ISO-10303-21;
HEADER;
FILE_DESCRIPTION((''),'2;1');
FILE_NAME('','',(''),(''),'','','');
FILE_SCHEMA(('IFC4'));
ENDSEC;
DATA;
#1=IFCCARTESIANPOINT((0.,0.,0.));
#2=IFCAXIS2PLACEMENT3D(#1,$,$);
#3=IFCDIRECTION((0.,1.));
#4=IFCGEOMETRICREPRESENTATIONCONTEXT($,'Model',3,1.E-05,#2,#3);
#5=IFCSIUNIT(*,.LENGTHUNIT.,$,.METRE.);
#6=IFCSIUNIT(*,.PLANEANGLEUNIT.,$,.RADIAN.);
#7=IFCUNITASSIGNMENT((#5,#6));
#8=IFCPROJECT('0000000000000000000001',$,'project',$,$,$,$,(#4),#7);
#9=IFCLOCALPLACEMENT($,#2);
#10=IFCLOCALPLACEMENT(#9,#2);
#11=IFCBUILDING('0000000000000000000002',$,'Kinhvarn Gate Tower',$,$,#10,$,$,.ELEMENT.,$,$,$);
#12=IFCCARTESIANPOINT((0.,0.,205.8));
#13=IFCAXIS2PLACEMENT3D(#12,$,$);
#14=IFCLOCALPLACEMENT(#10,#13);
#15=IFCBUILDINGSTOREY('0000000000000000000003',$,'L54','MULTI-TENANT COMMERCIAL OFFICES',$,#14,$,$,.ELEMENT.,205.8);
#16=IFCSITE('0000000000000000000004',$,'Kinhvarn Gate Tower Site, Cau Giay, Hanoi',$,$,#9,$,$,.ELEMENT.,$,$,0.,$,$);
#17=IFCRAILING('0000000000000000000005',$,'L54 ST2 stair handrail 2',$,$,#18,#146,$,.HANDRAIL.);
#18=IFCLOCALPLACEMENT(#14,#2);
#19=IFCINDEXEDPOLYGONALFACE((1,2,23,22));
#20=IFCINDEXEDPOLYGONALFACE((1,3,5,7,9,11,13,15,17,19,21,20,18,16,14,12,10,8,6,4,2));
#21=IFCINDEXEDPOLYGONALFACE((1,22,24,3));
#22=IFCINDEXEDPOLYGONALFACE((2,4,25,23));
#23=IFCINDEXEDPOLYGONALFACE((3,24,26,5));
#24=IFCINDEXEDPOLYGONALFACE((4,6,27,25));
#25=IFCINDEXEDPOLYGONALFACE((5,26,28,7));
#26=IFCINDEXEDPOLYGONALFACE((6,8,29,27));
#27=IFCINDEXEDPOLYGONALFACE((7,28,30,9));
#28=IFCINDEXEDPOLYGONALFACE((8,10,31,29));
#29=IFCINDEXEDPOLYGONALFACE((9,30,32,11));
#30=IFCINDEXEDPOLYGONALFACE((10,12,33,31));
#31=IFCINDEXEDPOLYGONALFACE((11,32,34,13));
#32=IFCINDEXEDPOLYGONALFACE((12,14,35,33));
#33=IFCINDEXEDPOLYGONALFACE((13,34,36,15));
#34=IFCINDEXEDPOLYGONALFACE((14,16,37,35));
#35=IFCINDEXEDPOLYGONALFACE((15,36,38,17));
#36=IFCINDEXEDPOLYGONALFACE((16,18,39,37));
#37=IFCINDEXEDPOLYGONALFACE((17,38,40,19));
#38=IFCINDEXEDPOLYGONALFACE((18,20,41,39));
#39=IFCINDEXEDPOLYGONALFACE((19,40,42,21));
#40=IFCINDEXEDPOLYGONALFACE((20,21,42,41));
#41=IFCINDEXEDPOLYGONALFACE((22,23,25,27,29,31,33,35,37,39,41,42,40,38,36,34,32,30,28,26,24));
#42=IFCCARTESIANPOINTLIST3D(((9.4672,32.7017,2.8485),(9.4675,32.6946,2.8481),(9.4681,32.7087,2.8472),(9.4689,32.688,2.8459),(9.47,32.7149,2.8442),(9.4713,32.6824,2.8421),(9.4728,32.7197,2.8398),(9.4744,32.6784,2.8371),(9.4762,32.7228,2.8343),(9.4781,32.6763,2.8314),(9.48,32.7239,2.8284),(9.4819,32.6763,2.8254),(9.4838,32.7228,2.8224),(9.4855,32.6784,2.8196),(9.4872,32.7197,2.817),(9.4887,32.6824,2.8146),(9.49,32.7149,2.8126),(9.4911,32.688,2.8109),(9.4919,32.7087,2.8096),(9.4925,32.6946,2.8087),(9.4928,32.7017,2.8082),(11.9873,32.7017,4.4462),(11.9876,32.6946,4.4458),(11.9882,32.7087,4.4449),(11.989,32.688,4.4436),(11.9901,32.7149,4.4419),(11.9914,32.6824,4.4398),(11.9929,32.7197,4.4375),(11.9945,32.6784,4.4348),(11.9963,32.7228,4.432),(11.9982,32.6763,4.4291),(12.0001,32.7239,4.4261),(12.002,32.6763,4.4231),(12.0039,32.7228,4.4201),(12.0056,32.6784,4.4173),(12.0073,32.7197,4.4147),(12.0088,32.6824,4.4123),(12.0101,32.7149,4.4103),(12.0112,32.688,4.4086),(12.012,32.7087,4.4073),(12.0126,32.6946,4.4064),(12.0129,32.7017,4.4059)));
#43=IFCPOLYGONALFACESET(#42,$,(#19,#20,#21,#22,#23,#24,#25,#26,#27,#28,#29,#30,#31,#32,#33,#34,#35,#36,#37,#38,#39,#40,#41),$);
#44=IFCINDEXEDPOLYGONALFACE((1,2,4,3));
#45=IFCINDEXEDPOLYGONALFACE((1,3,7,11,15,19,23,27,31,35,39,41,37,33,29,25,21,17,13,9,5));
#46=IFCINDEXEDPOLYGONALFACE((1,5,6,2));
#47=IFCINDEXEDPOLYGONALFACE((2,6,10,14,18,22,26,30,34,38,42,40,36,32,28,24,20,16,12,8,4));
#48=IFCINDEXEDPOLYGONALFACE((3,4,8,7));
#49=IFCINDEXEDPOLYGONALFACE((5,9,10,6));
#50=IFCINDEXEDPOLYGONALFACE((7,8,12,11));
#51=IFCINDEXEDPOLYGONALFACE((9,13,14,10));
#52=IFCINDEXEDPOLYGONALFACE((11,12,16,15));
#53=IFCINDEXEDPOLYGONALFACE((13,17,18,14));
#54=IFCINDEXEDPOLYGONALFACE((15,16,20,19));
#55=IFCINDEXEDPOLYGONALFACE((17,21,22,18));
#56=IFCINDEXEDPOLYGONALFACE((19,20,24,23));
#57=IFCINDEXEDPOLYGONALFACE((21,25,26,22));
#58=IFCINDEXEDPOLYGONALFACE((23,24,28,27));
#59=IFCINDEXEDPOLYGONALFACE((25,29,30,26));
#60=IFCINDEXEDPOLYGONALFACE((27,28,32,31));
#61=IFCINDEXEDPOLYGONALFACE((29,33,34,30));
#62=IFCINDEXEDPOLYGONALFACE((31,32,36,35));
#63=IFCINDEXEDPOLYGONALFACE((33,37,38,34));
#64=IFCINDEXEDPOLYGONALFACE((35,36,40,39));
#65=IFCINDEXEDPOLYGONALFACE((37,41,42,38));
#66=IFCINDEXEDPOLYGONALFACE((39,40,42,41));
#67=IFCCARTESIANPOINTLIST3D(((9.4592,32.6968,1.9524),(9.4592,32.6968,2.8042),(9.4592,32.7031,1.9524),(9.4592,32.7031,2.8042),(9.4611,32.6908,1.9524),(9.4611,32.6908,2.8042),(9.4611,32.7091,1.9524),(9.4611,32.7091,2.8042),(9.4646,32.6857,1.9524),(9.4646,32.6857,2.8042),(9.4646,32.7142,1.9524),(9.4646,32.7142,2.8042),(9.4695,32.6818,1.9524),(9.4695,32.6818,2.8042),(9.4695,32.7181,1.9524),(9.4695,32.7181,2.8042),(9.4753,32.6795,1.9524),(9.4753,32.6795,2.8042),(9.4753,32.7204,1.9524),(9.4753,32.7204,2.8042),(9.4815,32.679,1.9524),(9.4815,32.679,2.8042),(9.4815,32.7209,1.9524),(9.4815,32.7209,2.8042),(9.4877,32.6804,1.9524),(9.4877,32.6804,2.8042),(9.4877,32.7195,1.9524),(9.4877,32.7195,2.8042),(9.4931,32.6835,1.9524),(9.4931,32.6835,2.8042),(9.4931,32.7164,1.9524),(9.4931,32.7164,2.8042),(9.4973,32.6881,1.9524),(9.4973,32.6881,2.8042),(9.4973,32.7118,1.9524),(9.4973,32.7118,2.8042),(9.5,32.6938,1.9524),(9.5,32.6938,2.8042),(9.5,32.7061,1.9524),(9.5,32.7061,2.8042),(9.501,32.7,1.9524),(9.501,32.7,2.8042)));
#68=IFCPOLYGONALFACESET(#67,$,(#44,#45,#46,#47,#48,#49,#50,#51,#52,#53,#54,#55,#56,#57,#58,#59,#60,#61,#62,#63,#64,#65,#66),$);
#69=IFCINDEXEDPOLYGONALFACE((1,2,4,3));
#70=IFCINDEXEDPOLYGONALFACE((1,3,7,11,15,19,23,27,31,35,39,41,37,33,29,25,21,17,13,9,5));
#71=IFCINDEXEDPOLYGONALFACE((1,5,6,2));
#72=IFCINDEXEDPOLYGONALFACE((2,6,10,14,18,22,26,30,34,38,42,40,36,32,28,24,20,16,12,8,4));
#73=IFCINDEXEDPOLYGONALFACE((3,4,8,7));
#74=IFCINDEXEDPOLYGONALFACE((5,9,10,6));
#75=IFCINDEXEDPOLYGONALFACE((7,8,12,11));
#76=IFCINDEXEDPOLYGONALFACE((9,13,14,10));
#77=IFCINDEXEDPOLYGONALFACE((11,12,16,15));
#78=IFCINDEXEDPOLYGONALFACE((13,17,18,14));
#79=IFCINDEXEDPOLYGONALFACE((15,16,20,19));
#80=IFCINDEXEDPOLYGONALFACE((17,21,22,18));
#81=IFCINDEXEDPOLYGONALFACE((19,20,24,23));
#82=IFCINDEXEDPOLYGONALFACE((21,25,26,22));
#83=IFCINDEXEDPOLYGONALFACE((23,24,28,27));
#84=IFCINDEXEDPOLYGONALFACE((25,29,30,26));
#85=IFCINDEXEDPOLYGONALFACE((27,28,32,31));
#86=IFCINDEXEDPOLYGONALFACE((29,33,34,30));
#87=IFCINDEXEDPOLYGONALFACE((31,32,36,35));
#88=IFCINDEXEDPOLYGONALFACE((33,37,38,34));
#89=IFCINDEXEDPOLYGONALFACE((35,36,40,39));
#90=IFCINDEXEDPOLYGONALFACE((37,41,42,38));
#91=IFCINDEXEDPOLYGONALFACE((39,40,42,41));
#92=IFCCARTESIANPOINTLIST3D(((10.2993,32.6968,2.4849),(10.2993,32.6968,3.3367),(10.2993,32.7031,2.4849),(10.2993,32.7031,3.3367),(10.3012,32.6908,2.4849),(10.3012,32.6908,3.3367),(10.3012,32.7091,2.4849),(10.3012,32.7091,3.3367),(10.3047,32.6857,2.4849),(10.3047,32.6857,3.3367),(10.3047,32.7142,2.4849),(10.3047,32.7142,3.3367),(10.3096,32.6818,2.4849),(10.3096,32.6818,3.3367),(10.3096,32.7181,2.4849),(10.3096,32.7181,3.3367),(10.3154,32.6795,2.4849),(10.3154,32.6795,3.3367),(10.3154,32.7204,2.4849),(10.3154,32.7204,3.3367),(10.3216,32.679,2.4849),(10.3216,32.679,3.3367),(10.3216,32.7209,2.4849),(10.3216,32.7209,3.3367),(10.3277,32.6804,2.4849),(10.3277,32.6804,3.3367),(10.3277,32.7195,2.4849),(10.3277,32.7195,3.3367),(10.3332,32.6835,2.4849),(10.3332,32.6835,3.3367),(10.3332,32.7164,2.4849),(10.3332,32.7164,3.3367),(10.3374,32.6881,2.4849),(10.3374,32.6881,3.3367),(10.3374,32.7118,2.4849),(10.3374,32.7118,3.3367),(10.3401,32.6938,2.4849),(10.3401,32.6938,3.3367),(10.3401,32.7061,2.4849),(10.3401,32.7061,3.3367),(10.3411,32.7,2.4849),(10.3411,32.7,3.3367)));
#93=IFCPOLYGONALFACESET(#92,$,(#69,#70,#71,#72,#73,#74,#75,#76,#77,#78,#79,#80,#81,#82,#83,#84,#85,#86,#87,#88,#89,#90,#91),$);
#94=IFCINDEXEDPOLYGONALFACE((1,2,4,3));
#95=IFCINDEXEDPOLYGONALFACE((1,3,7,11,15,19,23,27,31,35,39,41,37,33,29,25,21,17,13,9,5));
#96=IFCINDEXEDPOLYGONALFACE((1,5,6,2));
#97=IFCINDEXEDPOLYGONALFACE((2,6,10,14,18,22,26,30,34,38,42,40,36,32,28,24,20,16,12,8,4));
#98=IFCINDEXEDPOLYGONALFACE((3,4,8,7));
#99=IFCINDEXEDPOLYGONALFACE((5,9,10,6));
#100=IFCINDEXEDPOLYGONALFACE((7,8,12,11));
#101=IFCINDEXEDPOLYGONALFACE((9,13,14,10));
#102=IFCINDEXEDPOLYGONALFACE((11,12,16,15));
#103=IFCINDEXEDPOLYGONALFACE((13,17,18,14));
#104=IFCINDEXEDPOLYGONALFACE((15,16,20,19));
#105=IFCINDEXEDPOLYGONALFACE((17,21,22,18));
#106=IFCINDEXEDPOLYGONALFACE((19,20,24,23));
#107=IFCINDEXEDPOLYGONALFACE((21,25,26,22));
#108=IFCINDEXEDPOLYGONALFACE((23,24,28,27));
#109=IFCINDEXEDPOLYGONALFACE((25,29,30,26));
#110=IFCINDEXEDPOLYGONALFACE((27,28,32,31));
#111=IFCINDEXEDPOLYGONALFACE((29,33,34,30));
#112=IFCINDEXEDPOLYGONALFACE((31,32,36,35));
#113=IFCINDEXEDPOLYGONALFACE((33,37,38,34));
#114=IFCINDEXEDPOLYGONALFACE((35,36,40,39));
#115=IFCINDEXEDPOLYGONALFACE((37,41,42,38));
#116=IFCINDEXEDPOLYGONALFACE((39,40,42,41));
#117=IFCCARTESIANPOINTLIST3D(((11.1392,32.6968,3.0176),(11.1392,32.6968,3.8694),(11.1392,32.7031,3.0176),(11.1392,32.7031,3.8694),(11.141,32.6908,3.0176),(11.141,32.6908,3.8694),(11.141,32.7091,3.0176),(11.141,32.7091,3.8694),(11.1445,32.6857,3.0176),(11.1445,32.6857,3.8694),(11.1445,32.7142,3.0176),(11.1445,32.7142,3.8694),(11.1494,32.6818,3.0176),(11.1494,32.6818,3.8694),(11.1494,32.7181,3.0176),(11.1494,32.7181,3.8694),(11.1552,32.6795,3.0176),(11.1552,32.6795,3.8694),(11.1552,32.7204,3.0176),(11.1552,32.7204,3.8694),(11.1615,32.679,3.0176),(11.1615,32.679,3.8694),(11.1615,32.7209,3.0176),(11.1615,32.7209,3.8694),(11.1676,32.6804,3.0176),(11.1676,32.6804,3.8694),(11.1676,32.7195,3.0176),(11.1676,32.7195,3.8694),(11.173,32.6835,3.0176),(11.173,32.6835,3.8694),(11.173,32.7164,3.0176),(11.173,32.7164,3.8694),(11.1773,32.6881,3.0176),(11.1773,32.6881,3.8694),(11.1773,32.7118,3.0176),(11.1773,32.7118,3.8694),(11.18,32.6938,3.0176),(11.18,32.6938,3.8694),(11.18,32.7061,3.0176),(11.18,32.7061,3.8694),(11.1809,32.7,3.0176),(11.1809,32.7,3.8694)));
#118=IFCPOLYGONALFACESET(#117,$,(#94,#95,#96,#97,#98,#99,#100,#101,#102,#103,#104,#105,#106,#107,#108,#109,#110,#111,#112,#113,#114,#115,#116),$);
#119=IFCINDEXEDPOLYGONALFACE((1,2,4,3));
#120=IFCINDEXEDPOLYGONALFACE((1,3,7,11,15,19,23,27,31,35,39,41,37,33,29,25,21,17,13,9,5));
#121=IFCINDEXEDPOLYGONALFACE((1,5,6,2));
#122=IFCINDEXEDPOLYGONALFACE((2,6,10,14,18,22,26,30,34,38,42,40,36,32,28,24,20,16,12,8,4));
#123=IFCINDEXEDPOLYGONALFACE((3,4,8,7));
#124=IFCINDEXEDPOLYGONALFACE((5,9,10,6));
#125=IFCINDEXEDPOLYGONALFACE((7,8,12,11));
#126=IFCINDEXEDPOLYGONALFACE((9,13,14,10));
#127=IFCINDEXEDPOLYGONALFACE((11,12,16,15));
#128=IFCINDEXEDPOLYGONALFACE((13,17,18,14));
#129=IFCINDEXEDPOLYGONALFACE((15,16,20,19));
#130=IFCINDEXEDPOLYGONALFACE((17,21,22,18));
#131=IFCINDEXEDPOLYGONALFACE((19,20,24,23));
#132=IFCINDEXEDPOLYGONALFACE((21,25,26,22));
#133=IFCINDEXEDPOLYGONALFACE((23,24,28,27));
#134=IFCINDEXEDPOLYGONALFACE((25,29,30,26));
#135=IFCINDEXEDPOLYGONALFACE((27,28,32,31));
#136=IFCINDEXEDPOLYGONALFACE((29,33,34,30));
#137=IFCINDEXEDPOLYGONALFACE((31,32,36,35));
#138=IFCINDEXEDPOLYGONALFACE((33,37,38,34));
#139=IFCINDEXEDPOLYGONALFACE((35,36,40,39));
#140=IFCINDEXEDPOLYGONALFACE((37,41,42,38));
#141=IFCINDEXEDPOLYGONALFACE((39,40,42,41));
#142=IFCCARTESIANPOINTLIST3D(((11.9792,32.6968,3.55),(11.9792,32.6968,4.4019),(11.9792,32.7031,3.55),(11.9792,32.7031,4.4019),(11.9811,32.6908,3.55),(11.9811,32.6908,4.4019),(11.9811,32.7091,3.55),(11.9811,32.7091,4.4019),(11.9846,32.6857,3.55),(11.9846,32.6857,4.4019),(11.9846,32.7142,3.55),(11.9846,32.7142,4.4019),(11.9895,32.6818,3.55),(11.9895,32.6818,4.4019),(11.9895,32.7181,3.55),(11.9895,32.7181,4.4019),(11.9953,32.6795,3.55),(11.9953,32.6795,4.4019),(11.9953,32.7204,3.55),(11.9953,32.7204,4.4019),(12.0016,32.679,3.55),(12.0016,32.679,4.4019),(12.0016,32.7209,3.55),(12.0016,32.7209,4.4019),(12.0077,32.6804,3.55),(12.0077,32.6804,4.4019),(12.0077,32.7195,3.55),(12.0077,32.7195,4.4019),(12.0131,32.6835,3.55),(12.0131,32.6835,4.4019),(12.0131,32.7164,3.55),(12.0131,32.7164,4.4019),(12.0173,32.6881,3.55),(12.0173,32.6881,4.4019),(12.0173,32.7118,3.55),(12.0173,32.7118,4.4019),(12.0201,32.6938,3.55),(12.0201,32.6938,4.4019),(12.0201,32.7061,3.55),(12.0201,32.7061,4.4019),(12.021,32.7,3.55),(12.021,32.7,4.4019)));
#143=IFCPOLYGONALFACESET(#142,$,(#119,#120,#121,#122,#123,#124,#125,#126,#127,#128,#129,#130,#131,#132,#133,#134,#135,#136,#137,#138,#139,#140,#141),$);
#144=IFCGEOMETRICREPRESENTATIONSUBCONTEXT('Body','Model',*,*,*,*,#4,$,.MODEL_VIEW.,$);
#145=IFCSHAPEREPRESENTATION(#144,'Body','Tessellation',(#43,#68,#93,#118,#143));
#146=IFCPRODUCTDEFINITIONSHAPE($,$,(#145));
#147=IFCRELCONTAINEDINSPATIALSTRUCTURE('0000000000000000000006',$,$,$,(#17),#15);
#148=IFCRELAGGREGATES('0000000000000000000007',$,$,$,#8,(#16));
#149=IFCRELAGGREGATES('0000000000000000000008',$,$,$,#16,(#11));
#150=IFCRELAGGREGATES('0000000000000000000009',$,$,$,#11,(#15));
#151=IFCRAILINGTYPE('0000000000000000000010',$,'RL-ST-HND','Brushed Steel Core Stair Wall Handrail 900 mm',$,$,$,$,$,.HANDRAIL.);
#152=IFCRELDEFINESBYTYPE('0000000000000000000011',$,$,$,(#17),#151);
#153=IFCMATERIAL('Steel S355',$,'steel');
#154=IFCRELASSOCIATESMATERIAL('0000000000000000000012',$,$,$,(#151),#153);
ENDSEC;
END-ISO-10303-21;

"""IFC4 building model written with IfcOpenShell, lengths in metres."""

from ifc_helpers import new_model, si_unit, direction, frame, origin, origin_2d, place, context, subcontext, project, spatial, circle, extrude, material, type_object, element, save


model = new_model("IFC4")

# Units and contexts
model_context = context("Model", 3, precision=1e-05, world=origin(), true_north=direction((0.0, 1.0)))
body_context = subcontext(model_context, "Body", "Model", "MODEL_VIEW")
ifc_project = project(units=[si_unit("LENGTHUNIT", "METRE"), si_unit("PLANEANGLEUNIT", "RADIAN")], contexts=[model_context])

# Site, building, storey
site_placement = place(None, origin())
site = spatial("IfcSite", under=ifc_project, at=site_placement, Name="Kinhvarn Gate Tower Site, Cau Giay, Hanoi", CompositionType="ELEMENT", RefElevation=0.0)
building_placement = place(site_placement, origin())
building = spatial("IfcBuilding", under=site, at=building_placement, Name="Kinhvarn Gate Tower", CompositionType="ELEMENT")
storey_placement = place(building_placement, frame((0.0, 0.0, 205.8)))
storey = spatial("IfcBuildingStorey", under=building, at=storey_placement, Name="L54", Description="MULTI-TENANT COMMERCIAL OFFICES", CompositionType="ELEMENT", Elevation=205.8)

# Railing
ifc_material_1 = material(Name="Steel S355", Category="steel")
railing_type_1 = type_object("IfcRailingType", Name="RL-ST-HND", Description="Brushed Steel Core Stair Wall Handrail 900 mm", PredefinedType="HANDRAIL", material=ifc_material_1)
railing_1_placement = place(storey_placement, frame((9.48, 32.7, 1.9524)))
element("IfcRailing", 1, at=railing_1_placement, inside=storey, type_object=railing_type_1, Name="L54 ST2 stair handrail 2", PredefinedType="HANDRAIL", context=body_context, shape_type="SweptSolid", body=[
    extrude(circle(Radius=0.0239, at=origin_2d()), frame((0.0, 0.0, 0.876), z_axis=(0.84457, 0.0, 0.535445), x_axis=(0.0, 1.0, 0.0)), (0.0, 0.0, 1.0), 2.9839),
    extrude(circle(Radius=0.021, at=origin_2d()), origin(), (0.0, 0.0, 1.0), 0.8518),
    extrude(circle(Radius=0.021, at=origin_2d()), frame((0.8401, 0.0, 0.5325)), (0.0, 0.0, 1.0), 0.8518),
    extrude(circle(Radius=0.021, at=origin_2d()), frame((1.6799, 0.0, 1.0652)), (0.0, 0.0, 1.0), 0.8518),
    extrude(circle(Radius=0.021, at=origin_2d()), frame((2.52, 0.0, 1.5977)), (0.0, 0.0, 1.0), 0.8518),
])

save(model, "model.ifc")
